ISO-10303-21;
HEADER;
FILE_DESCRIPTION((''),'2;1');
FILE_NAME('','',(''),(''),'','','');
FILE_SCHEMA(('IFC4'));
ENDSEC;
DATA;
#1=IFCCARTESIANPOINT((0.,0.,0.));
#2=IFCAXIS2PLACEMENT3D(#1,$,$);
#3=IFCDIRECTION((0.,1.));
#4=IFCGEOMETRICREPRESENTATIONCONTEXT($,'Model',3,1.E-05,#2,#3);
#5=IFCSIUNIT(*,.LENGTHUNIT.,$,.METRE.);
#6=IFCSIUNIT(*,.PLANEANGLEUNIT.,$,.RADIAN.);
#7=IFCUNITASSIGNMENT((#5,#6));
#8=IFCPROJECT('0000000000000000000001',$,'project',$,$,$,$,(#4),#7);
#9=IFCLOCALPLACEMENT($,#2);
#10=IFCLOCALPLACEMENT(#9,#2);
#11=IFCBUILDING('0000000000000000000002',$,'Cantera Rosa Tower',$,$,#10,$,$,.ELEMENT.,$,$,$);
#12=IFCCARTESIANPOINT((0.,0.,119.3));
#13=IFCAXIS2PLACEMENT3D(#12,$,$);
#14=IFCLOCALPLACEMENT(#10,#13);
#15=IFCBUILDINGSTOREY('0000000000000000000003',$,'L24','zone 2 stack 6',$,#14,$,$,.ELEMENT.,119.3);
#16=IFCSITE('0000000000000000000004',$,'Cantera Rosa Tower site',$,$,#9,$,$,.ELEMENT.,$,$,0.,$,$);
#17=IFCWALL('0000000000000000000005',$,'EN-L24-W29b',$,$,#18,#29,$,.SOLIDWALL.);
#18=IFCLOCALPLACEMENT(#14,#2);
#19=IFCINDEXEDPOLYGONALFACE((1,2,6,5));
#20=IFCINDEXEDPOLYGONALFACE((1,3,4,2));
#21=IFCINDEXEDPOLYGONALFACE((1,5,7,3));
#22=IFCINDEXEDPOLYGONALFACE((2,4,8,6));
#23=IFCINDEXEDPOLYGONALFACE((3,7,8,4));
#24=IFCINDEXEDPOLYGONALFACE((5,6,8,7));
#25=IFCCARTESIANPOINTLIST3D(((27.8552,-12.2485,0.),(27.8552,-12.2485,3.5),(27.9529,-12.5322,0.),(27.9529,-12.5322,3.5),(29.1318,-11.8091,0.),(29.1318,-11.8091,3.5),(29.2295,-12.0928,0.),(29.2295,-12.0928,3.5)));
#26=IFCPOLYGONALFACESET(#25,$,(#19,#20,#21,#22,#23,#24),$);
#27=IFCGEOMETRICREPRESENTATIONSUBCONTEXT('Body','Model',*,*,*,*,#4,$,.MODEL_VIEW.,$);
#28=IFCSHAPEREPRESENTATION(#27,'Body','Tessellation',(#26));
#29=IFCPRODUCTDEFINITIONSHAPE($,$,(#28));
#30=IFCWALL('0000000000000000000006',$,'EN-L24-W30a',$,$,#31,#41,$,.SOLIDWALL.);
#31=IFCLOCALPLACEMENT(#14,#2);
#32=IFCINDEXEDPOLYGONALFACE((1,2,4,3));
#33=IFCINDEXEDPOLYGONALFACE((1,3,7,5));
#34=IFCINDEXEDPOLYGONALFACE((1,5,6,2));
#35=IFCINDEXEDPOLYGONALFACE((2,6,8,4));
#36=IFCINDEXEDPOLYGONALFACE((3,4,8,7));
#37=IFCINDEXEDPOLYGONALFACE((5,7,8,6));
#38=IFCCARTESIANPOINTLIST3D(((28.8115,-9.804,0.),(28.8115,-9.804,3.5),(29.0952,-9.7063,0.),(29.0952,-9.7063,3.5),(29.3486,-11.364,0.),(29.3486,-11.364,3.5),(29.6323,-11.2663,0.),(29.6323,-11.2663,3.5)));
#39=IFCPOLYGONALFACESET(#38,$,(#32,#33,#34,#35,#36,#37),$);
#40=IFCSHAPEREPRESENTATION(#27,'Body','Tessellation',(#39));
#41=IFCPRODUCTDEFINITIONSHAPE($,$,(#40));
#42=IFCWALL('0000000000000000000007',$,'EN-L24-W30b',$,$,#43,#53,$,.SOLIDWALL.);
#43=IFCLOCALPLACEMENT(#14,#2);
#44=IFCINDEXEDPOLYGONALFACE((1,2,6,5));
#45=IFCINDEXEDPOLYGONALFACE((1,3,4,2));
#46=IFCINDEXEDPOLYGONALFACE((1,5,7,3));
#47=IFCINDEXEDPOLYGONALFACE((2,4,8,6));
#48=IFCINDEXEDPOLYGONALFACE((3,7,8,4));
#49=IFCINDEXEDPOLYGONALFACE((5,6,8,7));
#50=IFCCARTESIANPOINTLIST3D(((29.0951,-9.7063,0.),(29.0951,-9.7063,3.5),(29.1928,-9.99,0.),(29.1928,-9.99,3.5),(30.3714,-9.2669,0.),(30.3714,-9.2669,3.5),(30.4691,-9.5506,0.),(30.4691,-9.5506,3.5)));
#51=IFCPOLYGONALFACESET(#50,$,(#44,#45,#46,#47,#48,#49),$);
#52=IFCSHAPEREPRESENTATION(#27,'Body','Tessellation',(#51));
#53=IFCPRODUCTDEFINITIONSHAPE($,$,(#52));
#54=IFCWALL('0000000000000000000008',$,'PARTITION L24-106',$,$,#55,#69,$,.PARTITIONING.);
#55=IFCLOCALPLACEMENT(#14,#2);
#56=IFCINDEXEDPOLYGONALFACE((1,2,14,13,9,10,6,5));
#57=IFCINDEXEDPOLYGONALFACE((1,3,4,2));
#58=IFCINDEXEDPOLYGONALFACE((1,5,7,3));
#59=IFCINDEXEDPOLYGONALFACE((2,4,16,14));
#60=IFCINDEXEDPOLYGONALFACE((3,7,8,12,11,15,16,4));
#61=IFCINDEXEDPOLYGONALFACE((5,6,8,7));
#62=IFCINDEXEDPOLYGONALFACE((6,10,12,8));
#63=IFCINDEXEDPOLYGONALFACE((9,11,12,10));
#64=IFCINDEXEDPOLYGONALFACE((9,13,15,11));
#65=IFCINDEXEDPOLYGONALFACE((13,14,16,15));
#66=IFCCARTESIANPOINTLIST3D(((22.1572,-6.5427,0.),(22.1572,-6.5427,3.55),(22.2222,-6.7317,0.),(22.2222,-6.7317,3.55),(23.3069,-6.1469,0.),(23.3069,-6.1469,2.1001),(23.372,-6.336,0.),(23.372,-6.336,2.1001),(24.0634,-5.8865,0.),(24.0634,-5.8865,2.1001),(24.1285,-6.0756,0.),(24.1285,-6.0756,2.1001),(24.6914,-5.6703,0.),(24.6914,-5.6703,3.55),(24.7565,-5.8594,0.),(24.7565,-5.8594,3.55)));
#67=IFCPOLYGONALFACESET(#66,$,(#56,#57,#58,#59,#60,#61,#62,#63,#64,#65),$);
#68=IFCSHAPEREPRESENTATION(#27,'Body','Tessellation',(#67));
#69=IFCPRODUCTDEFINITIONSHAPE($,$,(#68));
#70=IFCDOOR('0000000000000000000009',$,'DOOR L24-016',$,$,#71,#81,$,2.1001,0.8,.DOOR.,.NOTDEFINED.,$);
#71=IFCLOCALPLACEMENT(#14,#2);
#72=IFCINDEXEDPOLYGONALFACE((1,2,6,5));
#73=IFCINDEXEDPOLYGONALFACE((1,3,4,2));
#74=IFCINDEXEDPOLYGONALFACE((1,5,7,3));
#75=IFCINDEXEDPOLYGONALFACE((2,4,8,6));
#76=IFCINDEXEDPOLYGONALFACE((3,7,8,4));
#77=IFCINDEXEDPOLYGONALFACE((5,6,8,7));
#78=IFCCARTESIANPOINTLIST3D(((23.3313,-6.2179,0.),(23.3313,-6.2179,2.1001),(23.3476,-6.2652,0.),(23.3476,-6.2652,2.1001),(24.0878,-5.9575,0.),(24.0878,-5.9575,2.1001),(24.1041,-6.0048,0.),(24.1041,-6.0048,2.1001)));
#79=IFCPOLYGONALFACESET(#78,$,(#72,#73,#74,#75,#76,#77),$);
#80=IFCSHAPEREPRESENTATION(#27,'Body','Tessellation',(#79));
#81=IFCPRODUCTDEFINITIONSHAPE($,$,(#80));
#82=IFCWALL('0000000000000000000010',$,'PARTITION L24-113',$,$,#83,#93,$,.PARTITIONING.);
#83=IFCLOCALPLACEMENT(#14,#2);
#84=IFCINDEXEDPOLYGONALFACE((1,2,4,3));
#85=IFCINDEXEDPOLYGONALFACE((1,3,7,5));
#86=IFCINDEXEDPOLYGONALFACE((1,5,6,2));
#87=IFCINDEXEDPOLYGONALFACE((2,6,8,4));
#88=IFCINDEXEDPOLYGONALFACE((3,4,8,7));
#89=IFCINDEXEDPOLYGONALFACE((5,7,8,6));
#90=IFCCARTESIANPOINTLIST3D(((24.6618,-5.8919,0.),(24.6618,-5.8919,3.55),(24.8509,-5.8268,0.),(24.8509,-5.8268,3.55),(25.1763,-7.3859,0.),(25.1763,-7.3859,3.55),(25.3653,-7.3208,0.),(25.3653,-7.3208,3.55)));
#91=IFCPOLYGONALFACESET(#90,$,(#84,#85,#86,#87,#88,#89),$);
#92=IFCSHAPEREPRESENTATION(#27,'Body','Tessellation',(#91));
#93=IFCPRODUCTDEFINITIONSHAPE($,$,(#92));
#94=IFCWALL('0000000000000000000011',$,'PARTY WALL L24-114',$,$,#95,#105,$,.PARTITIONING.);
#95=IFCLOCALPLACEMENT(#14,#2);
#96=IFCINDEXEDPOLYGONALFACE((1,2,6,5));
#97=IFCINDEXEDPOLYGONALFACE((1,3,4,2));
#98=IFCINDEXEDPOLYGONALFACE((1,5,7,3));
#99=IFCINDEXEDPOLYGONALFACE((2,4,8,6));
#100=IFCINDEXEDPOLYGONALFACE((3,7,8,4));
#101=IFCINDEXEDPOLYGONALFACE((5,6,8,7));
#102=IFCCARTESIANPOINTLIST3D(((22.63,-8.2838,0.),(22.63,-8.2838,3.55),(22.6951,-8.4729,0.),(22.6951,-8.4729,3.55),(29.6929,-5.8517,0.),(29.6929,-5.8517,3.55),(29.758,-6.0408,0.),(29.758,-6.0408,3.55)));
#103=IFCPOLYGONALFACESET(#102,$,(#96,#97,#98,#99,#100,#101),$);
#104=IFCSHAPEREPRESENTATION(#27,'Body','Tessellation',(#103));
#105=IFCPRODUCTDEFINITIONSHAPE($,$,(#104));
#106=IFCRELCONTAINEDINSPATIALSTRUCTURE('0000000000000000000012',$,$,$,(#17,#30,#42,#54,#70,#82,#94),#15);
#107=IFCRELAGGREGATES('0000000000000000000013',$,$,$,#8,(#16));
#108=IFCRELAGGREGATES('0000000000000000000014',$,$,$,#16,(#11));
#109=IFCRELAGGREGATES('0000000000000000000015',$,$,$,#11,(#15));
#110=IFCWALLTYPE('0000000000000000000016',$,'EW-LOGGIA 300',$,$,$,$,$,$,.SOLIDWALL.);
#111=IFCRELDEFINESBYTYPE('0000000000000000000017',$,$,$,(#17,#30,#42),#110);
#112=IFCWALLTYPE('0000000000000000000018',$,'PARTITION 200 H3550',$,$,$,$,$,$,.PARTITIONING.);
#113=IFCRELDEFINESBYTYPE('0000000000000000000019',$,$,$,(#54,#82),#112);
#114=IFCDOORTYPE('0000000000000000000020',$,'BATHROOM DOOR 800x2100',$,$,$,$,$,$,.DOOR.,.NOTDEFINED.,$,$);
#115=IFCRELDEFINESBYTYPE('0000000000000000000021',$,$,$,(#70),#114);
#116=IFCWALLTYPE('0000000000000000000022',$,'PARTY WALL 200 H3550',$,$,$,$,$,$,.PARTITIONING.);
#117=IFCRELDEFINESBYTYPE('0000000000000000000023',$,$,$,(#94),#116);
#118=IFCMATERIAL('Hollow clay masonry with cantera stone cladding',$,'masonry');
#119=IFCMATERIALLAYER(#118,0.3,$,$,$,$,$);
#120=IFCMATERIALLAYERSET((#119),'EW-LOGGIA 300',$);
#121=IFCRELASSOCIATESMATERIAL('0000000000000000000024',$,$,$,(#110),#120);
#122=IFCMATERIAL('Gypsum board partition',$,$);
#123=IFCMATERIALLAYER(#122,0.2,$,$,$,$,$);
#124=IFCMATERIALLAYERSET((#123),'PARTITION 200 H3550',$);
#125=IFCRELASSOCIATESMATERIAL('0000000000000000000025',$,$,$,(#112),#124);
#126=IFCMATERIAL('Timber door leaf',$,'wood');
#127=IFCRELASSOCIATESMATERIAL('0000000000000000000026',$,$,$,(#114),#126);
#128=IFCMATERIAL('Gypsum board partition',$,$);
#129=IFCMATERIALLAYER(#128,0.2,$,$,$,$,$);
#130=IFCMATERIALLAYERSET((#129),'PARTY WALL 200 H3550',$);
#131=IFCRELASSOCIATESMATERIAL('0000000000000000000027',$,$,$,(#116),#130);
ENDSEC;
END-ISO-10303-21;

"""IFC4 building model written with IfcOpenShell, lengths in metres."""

from ifc_helpers import new_model, si_unit, direction, frame, frame_2d, origin, place, context, subcontext, project, spatial, rectangle, extrude, material, layer, layer_set, type_object, element, fill, save


model = new_model("IFC4")

# Units and contexts
model_context = context("Model", 3, precision=1e-05, world=origin(), true_north=direction((0.0, 1.0)))
body_context = subcontext(model_context, "Body", "Model", "MODEL_VIEW")
ifc_project = project(units=[si_unit("LENGTHUNIT", "METRE"), si_unit("PLANEANGLEUNIT", "RADIAN")], contexts=[model_context])

# Site, building, storey
site_placement = place(None, origin())
site = spatial("IfcSite", under=ifc_project, at=site_placement, Name="Cantera Rosa Tower site", CompositionType="ELEMENT", RefElevation=0.0)
building_placement = place(site_placement, origin())
building = spatial("IfcBuilding", under=site, at=building_placement, Name="Cantera Rosa Tower", CompositionType="ELEMENT")
storey_placement = place(building_placement, frame((0.0, 0.0, 119.3)))
storey = spatial("IfcBuildingStorey", under=building, at=storey_placement, Name="L24", Description="zone 2 stack 6", CompositionType="ELEMENT", Elevation=119.3)

# Walls
ifc_material_1 = material(Name="Hollow clay masonry with cantera stone cladding", Category="masonry")
ifc_layer_1 = layer(ifc_material_1, 0.3)
ifc_layer_set_1 = layer_set([ifc_layer_1], Name="EW-LOGGIA 300")
wall_type_1 = type_object("IfcWallType", Name="EW-LOGGIA 300", PredefinedType="SOLIDWALL", material=ifc_layer_set_1)
wall_1_placement = place(storey_placement, frame((27.9041, -12.3904, 0.0), z_axis=(0.0, 0.0, 1.0), x_axis=(0.945546, 0.325489, 0.0)))
element("IfcWall", 1, at=wall_1_placement, inside=storey, type_object=wall_type_1, Name="EN-L24-W29b", PredefinedType="SOLIDWALL", context=body_context, shape_type="SweptSolid", body=[
    extrude(rectangle(XDim=1.3501, YDim=0.3, at=frame_2d((0.675, 0.0))), origin(), (0.0, 0.0, 1.0), 3.5),
])
wall_2_placement = place(storey_placement, frame((29.4905, -11.3152, 0.0), z_axis=(0.0, 0.0, 1.0), x_axis=(-0.325535, 0.94553, 0.0)))
element("IfcWall", 2, at=wall_2_placement, inside=storey, type_object=wall_type_1, Name="EN-L24-W30a", PredefinedType="SOLIDWALL", context=body_context, shape_type="SweptSolid", body=[
    extrude(rectangle(XDim=1.6499, YDim=0.3, at=frame_2d((0.825, 0.0))), origin(), (0.0, 0.0, 1.0), 3.5),
])
wall_3_placement = place(storey_placement, frame((29.144, -9.8481, 0.0), z_axis=(0.0, 0.0, 1.0), x_axis=(0.945527, 0.325545, 0.0)))
element("IfcWall", 3, at=wall_3_placement, inside=storey, type_object=wall_type_1, Name="EN-L24-W30b", PredefinedType="SOLIDWALL", context=body_context, shape_type="SweptSolid", body=[
    extrude(rectangle(XDim=1.3499, YDim=0.3, at=frame_2d((0.6748, 0.0))), origin(), (0.0, 0.0, 1.0), 3.5),
])

# Wall, opening, door
ifc_material_2 = material(Name="Gypsum board partition")
ifc_layer_2 = layer(ifc_material_2, 0.2)
ifc_layer_set_2 = layer_set([ifc_layer_2], Name="PARTITION 200 H3550")
wall_type_2 = type_object("IfcWallType", Name="PARTITION 200 H3550", PredefinedType="PARTITIONING", material=ifc_layer_set_2)
wall_4_placement = place(storey_placement, frame((22.1897, -6.6372, 0.0), z_axis=(0.0, 0.0, 1.0), x_axis=(0.94555, 0.325477, 0.0)))
wall_4 = element("IfcWall", 4, at=wall_4_placement, inside=storey, type_object=wall_type_2, Name="PARTITION L24-106", PredefinedType="PARTITIONING", context=body_context, shape_type="SweptSolid", body=[
    extrude(rectangle(XDim=2.6802, YDim=0.2, at=frame_2d((1.3401, 0.0))), origin(), (0.0, 0.0, 1.0), 3.55),
])
opening_1_placement = place(wall_4_placement, frame((1.2161, 0.0, 0.0)))
opening_1 = element("IfcOpeningElement", 5, at=opening_1_placement, cuts=wall_4, PredefinedType="OPENING", context=body_context, shape_type="SweptSolid", body=[
    extrude(rectangle(XDim=0.8, YDim=2.1001, at=frame_2d((0.3999, 1.05))), frame((0.0, 0.1099, 0.0), z_axis=(0.0, -1.0, 0.0), x_axis=(1.0, 0.0, 0.0)), (0.0, 0.0, 1.0), 0.22),
])
ifc_material_3 = material(Name="Timber door leaf", Category="wood")
door_type_1 = type_object("IfcDoorType", Name="BATHROOM DOOR 800x2100", OperationType="NOTDEFINED", PredefinedType="DOOR", material=ifc_material_3)
door_1_placement = place(opening_1_placement, origin())
door_1 = element("IfcDoor", 6, at=door_1_placement, inside=storey, type_object=door_type_1, Name="DOOR L24-016", OperationType="NOTDEFINED", OverallHeight=2.1001, OverallWidth=0.8, PredefinedType="DOOR", context=body_context, shape_type="SweptSolid", body=[
    extrude(rectangle(XDim=0.8, YDim=2.1001, at=frame_2d((0.3999, 1.05))), frame((0.0, 0.0249, 0.0), z_axis=(0.0, -1.0, 0.0), x_axis=(1.0, 0.0, 0.0)), (0.0, 0.0, 1.0), 0.05),
])
fill(opening_1, door_1)

# Walls
wall_5_placement = place(storey_placement, frame((24.7563, -5.8594, 0.0), z_axis=(0.0, 0.0, 1.0), x_axis=(0.325576, -0.945516, 0.0)))
element("IfcWall", 7, at=wall_5_placement, inside=storey, type_object=wall_type_2, Name="PARTITION L24-113", PredefinedType="PARTITIONING", context=body_context, shape_type="SweptSolid", body=[
    extrude(rectangle(XDim=1.5801, YDim=0.2, at=frame_2d((0.79, 0.0))), origin(), (0.0, 0.0, 1.0), 3.55),
])
ifc_material_4 = material(Name="Gypsum board partition")
ifc_layer_3 = layer(ifc_material_4, 0.2)
ifc_layer_set_3 = layer_set([ifc_layer_3], Name="PARTY WALL 200 H3550")
wall_type_3 = type_object("IfcWallType", Name="PARTY WALL 200 H3550", PredefinedType="PARTITIONING", material=ifc_layer_set_3)
wall_6_placement = place(storey_placement, frame((29.7253, -5.9463, 0.0), z_axis=(0.0, 0.0, 1.0), x_axis=(-0.945513, -0.325586, 0.0)))
element("IfcWall", 8, at=wall_6_placement, inside=storey, type_object=wall_type_3, Name="PARTY WALL L24-114", PredefinedType="PARTITIONING", context=body_context, shape_type="SweptSolid", body=[
    extrude(rectangle(XDim=7.47, YDim=0.2, at=frame_2d((3.7349, 0.0))), origin(), (0.0, 0.0, 1.0), 3.55),
])

save(model, "model.ifc")
